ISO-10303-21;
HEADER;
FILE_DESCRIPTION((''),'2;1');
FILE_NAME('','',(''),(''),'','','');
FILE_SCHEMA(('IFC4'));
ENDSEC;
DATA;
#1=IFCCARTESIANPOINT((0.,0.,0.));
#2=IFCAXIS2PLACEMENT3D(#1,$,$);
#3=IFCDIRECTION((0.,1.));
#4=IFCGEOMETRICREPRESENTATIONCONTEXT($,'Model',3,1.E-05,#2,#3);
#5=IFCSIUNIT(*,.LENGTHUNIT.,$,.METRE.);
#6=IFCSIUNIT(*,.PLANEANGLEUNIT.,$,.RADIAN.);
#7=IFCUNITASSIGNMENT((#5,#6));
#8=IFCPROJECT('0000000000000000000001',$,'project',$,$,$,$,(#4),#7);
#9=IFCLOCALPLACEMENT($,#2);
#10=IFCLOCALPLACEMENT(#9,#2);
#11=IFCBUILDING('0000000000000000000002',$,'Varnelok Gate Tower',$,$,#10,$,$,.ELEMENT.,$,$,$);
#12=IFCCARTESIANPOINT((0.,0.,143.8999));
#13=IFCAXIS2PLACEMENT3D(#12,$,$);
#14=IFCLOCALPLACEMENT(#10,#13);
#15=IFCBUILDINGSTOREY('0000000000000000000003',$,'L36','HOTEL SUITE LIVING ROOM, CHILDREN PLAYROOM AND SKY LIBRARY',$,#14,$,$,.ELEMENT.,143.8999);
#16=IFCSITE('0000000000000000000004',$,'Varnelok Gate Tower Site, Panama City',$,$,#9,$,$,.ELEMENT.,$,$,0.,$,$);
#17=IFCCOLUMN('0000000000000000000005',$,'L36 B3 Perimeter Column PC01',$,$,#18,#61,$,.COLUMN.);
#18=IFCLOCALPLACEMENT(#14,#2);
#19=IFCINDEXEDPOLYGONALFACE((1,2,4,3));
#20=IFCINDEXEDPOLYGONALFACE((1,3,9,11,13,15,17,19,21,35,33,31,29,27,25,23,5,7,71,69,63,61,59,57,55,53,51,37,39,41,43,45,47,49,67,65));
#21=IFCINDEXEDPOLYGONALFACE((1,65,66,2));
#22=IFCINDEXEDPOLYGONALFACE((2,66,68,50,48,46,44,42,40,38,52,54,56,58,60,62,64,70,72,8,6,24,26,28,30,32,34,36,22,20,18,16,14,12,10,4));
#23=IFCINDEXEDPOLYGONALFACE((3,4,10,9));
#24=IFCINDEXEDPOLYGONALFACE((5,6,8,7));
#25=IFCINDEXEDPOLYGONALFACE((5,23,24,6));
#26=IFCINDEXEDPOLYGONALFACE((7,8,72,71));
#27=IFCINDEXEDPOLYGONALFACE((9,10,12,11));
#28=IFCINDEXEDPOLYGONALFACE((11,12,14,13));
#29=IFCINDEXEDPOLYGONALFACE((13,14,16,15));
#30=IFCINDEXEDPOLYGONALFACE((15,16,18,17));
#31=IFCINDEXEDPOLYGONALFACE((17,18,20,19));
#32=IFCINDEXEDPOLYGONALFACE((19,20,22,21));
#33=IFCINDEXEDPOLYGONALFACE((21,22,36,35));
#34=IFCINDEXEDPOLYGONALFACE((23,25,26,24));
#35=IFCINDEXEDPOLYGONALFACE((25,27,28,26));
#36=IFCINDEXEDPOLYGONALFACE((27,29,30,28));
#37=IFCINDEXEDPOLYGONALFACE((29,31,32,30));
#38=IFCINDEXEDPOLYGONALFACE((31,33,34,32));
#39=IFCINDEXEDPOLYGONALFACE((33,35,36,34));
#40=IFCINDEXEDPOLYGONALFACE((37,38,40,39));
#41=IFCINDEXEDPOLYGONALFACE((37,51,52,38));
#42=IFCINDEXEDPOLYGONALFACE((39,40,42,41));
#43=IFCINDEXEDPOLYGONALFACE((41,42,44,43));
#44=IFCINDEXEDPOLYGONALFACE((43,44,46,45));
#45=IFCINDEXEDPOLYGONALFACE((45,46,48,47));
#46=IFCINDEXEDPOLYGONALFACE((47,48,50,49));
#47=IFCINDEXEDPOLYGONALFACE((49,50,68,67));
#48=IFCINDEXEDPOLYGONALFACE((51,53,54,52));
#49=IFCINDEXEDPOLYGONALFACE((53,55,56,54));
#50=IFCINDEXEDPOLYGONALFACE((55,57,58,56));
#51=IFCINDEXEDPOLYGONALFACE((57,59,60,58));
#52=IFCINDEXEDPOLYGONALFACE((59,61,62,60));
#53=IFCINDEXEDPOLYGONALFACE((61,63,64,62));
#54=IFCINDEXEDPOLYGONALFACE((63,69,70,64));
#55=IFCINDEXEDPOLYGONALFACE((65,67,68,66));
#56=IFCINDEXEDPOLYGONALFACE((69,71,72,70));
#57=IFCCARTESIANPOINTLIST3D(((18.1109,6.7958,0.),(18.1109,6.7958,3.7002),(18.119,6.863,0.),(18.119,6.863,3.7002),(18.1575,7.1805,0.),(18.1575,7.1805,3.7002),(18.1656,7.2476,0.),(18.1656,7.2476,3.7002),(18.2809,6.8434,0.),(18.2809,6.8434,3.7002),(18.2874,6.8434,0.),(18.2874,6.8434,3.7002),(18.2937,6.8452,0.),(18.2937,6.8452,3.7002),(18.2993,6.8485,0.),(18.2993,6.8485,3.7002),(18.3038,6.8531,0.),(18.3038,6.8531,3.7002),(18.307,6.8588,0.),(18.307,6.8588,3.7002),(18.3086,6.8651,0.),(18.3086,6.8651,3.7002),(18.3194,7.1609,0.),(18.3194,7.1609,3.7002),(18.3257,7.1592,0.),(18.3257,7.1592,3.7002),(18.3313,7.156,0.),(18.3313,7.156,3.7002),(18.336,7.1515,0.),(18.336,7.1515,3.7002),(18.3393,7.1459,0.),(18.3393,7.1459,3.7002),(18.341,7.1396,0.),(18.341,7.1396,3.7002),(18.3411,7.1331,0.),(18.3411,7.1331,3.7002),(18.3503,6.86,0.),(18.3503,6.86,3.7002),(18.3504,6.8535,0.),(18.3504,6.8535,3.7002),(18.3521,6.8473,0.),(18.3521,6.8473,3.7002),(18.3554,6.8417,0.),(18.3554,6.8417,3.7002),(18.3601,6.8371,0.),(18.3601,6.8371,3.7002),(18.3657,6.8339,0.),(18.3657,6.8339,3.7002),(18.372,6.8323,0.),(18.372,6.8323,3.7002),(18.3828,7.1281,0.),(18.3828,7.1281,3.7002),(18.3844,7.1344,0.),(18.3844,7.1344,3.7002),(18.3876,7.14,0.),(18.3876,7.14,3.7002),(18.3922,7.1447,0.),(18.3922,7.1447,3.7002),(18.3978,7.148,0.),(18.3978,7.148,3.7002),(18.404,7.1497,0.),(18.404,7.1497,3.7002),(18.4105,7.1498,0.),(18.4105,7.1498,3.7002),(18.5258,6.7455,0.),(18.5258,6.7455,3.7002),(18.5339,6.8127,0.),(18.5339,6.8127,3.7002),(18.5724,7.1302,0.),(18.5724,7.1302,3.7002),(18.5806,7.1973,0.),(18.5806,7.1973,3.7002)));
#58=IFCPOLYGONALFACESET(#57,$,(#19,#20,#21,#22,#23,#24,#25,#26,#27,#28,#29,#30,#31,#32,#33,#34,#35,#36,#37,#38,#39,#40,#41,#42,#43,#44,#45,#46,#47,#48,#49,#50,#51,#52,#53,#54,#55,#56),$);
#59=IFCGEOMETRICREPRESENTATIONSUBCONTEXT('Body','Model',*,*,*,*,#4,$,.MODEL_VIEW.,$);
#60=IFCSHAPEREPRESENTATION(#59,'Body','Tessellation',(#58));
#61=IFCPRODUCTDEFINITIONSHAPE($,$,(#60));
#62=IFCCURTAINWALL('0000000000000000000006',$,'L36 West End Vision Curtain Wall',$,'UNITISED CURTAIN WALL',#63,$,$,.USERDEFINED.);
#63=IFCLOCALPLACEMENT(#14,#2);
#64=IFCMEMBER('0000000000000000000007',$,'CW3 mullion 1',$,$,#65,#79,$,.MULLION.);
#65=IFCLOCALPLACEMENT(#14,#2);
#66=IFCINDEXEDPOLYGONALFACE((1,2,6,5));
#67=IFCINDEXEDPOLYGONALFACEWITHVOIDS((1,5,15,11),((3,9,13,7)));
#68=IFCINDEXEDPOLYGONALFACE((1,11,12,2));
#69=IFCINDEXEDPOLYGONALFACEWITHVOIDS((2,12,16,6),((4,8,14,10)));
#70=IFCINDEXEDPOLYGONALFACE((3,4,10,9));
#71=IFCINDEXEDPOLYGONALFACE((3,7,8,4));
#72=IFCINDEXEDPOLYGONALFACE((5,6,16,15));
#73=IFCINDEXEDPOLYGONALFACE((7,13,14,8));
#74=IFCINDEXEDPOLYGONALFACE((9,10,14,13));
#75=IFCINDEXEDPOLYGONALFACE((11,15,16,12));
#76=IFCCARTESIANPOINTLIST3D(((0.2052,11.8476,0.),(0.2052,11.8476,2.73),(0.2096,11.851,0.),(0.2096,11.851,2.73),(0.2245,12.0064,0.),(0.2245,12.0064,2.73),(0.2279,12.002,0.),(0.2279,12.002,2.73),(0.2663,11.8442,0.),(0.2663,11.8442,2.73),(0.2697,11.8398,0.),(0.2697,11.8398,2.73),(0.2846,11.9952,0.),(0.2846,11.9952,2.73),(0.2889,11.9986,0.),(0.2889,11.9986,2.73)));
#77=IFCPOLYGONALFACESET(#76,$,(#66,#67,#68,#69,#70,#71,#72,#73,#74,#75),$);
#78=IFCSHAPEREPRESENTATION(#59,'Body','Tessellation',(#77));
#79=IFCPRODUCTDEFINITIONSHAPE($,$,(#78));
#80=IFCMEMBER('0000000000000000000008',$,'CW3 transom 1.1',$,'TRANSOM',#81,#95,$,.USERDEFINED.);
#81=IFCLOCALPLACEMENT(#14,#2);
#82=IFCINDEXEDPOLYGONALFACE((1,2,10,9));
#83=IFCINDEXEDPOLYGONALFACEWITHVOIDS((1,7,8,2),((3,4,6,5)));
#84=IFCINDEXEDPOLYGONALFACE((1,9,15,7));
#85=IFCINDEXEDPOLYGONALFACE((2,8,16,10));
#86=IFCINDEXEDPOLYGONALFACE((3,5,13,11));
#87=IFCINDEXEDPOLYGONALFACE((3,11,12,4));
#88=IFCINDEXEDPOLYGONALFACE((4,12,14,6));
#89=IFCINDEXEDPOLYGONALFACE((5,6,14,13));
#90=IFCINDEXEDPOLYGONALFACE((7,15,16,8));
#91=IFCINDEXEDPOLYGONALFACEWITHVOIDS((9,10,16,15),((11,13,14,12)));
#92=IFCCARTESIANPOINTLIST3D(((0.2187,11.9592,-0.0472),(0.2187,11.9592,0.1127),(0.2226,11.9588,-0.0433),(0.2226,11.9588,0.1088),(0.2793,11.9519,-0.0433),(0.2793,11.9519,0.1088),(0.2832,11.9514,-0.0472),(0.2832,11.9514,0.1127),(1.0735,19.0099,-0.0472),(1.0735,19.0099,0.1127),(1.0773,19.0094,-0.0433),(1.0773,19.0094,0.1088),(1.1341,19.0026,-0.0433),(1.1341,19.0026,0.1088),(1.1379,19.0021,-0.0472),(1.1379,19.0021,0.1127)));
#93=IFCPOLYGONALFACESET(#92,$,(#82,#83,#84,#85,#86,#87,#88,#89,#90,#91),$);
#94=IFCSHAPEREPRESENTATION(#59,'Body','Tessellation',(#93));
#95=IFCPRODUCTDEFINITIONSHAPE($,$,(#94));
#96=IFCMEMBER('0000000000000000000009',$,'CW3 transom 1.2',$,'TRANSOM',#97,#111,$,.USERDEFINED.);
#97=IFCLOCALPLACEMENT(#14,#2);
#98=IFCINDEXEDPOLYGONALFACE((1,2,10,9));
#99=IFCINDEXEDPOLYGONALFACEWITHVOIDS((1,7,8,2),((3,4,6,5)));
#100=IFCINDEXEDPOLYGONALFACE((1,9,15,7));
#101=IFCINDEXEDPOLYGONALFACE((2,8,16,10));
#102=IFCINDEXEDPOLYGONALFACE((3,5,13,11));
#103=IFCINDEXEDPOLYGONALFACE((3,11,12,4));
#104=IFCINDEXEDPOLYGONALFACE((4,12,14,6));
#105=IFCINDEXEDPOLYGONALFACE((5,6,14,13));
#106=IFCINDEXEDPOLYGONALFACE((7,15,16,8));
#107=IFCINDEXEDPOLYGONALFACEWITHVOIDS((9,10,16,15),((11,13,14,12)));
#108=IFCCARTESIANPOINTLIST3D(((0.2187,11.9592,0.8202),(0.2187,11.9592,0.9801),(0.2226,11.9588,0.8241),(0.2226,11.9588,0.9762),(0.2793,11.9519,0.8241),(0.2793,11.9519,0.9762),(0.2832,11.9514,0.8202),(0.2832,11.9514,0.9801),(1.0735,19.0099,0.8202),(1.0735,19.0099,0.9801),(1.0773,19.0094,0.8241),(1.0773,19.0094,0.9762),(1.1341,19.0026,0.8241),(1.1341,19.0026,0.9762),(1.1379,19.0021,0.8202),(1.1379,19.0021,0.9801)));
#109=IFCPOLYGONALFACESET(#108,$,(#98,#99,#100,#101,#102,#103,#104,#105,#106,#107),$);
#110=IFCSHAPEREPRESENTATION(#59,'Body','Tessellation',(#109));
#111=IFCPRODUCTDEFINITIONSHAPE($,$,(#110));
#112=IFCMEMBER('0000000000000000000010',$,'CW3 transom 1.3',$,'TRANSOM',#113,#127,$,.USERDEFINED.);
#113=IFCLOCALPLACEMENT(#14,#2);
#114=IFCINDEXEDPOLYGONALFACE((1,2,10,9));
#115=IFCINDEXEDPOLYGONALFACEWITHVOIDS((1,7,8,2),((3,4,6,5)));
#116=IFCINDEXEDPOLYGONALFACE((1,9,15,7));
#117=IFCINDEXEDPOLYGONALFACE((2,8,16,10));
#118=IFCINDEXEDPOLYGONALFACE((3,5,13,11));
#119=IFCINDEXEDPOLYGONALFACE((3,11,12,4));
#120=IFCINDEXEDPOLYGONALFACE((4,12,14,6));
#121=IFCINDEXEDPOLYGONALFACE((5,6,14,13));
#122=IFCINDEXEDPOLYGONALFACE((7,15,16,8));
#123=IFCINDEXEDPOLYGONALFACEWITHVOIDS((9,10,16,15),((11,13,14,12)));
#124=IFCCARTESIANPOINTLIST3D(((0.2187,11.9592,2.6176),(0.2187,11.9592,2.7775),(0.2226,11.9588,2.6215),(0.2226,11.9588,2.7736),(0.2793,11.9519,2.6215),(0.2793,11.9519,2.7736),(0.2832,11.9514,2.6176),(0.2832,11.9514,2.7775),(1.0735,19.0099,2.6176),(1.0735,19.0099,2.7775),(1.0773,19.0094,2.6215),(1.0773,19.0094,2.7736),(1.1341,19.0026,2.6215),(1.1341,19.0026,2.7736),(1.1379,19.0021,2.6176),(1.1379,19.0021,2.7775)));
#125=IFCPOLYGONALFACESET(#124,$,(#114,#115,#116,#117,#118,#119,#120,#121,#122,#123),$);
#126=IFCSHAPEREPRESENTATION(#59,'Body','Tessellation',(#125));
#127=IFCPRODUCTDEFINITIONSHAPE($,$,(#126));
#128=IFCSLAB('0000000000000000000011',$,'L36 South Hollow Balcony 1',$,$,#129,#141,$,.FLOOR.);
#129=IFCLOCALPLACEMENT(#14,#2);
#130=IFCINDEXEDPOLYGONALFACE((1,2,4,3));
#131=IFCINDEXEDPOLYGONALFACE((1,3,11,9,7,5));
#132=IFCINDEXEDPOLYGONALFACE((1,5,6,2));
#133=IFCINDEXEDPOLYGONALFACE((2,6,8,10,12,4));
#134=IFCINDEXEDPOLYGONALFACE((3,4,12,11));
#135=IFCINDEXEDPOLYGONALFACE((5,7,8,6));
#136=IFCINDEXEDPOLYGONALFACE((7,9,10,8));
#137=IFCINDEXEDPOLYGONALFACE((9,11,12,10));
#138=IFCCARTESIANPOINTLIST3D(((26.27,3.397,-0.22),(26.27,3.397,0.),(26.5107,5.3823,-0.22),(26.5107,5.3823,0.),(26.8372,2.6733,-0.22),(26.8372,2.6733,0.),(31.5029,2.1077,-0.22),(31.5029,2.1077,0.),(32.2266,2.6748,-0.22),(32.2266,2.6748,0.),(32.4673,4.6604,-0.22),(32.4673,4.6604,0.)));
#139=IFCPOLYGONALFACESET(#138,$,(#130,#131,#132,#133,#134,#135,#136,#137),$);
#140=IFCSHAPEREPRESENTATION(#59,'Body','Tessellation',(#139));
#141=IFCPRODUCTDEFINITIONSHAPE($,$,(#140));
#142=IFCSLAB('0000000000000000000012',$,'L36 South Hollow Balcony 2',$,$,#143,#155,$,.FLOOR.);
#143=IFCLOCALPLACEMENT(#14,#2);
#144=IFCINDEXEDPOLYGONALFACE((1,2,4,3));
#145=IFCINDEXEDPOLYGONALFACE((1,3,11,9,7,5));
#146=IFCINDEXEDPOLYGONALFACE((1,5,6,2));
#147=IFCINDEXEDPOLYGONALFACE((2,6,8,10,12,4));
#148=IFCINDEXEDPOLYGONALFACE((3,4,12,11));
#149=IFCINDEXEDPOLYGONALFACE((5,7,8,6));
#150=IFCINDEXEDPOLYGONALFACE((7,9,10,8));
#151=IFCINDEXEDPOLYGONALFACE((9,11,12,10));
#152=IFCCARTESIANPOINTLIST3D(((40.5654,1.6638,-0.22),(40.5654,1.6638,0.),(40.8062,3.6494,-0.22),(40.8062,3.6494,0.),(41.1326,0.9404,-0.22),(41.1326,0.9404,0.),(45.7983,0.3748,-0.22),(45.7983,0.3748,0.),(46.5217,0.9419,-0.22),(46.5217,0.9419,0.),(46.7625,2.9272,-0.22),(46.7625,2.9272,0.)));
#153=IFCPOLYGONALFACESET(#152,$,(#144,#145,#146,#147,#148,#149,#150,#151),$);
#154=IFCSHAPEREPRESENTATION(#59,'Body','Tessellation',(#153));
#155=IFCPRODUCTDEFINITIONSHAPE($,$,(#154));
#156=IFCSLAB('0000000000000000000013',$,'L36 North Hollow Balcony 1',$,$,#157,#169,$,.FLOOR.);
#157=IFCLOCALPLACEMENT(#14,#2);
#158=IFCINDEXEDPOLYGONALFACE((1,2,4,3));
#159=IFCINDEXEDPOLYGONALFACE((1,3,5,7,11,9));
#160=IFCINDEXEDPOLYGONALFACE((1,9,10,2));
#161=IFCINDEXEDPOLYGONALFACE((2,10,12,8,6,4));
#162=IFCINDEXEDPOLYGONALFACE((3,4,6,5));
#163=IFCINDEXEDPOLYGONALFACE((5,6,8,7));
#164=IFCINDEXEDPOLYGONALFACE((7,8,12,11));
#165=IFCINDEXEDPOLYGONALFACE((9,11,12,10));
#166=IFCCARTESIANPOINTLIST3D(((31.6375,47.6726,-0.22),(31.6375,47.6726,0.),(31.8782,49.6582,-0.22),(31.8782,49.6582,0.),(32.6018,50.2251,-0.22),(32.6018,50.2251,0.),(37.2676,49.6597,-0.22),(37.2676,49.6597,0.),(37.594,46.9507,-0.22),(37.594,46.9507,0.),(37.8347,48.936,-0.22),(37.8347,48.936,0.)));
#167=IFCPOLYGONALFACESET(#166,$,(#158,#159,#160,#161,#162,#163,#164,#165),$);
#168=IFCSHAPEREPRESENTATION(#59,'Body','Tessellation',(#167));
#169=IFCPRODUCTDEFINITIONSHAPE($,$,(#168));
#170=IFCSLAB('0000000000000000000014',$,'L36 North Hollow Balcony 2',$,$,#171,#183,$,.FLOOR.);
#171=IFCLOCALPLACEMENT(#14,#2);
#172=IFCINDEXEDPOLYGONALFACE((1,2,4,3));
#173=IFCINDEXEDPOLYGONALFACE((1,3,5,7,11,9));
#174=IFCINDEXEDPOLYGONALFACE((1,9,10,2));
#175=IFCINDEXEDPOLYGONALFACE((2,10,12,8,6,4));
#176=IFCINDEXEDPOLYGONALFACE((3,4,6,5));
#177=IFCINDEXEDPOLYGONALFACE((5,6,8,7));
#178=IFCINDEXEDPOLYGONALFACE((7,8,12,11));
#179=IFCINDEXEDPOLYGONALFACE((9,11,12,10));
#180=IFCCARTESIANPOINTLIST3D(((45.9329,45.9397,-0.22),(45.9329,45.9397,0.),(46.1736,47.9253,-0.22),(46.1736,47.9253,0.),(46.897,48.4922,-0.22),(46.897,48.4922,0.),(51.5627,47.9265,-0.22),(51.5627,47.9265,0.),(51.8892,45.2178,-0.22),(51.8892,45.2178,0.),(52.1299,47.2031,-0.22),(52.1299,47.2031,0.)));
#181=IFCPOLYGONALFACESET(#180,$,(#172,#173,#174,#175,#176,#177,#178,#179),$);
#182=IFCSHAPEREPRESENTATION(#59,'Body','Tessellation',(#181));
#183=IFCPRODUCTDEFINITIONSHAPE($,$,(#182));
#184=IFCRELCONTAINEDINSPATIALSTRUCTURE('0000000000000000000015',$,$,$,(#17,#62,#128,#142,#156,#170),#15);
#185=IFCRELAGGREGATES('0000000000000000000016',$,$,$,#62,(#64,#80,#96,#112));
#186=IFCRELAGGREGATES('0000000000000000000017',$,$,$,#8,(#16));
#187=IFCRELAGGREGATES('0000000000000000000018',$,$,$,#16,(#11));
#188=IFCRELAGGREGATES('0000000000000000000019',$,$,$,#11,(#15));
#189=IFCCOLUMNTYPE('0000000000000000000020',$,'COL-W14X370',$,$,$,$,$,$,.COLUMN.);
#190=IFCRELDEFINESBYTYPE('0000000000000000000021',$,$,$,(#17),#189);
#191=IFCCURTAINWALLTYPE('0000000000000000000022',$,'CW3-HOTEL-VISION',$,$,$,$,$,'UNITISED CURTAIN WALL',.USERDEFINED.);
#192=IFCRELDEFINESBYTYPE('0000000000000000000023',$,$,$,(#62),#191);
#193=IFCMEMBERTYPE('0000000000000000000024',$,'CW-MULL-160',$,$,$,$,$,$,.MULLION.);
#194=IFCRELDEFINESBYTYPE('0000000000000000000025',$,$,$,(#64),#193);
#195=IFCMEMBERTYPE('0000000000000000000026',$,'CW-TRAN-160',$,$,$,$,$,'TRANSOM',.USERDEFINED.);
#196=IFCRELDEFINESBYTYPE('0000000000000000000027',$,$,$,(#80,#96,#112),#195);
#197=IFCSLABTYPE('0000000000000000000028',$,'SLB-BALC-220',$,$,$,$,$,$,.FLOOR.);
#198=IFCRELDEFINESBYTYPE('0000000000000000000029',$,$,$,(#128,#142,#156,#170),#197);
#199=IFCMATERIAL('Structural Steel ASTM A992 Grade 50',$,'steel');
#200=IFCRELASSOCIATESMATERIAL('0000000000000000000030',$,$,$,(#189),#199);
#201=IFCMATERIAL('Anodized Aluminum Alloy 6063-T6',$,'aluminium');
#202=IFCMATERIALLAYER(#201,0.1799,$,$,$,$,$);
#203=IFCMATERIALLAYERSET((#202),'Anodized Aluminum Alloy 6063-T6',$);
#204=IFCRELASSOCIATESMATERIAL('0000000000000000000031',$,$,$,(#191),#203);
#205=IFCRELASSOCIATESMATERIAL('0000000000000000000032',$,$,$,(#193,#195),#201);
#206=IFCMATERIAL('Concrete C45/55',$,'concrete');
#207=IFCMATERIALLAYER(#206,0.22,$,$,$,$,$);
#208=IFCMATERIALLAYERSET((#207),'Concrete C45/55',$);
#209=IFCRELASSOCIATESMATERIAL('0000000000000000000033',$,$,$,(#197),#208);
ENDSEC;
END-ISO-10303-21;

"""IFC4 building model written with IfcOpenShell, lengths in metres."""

from ifc_helpers import new_model, si_unit, direction, frame, origin, origin_2d, place, context, subcontext, project, spatial, polyline, hollow_rectangle, i_section, outline, extrude, material, layer, layer_set, material_profile, profile_set, type_object, element, aggregate, save


model = new_model("IFC4")

# Units and contexts
model_context = context("Model", 3, precision=1e-05, world=origin(), true_north=direction((0.0, 1.0)))
body_context = subcontext(model_context, "Body", "Model", "MODEL_VIEW")
ifc_project = project(units=[si_unit("LENGTHUNIT", "METRE"), si_unit("PLANEANGLEUNIT", "RADIAN")], contexts=[model_context])

# Site, building, storey
site_placement = place(None, origin())
site = spatial("IfcSite", under=ifc_project, at=site_placement, Name="Varnelok Gate Tower Site, Panama City", CompositionType="ELEMENT", RefElevation=0.0)
building_placement = place(site_placement, origin())
building = spatial("IfcBuilding", under=site, at=building_placement, Name="Varnelok Gate Tower", CompositionType="ELEMENT")
storey_placement = place(building_placement, frame((0.0, 0.0, 143.8999)))
storey = spatial("IfcBuildingStorey", under=building, at=storey_placement, Name="L36", Description="HOTEL SUITE LIVING ROOM, CHILDREN PLAYROOM AND SKY LIBRARY", CompositionType="ELEMENT", Elevation=143.8999)

# Column
ifc_material_1 = material(Name="Structural Steel ASTM A992 Grade 50", Category="steel")
ifc_material_profile_1 = material_profile(ifc_material_1, i_section(OverallWidth=0.418, OverallDepth=0.4551, WebThickness=0.042, FlangeThickness=0.0676, FilletRadius=0.0249, at=origin_2d()), Name="W14X370")
ifc_profile_set_1 = profile_set([ifc_material_profile_1], Name="Structural Steel ASTM A992 Grade 50")
column_type = type_object("IfcColumnType", Name="COL-W14X370", PredefinedType="COLUMN", material=ifc_profile_set_1)
column_placement = place(storey_placement, frame((18.3457, 6.9966, 0.0), z_axis=(0.0, 0.0, 1.0), x_axis=(0.992732, -0.120345, 0.0)))
element("IfcColumn", 1, at=column_placement, inside=storey, type_object=column_type, Name="L36 B3 Perimeter Column PC01", PredefinedType="COLUMN", context=body_context, shape_type="SweptSolid", body=[
    extrude(i_section(OverallWidth=0.418, OverallDepth=0.4551, WebThickness=0.042, FlangeThickness=0.0676, FilletRadius=0.0249, at=origin_2d()), origin(), (0.0, 0.0, 1.0), 3.7002),
])

# Curtain wall, members
ifc_material_2 = material(Name="Anodized Aluminum Alloy 6063-T6", Category="aluminium")
ifc_layer_1 = layer(ifc_material_2, 0.1799)
ifc_layer_set_1 = layer_set([ifc_layer_1], Name="Anodized Aluminum Alloy 6063-T6")
curtain_wall_type = type_object("IfcCurtainWallType", Name="CW3-HOTEL-VISION", ElementType="UNITISED CURTAIN WALL", PredefinedType="USERDEFINED", material=ifc_layer_set_1)
curtain_wall_placement = place(storey_placement, origin())
curtain_wall = element("IfcCurtainWall", 2, at=curtain_wall_placement, inside=storey, type_object=curtain_wall_type, Name="L36 West End Vision Curtain Wall", ObjectType="UNITISED CURTAIN WALL", PredefinedType="USERDEFINED")
ifc_material_profile_2 = material_profile(ifc_material_2, hollow_rectangle(XDim=0.0649, YDim=0.1599, WallThickness=0.0039, at=origin_2d()), Name="ALU160X65X4")
ifc_profile_set_2 = profile_set([ifc_material_profile_2], Name="Anodized Aluminum Alloy 6063-T6")
member_type_1 = type_object("IfcMemberType", Name="CW-MULL-160", PredefinedType="MULLION", material=ifc_profile_set_2)
member_1_placement = place(storey_placement, frame((0.2471, 11.9231, 0.0), z_axis=(0.0, 0.0, 1.0), x_axis=(-0.992732, 0.120347, 0.0)))
member_1 = element("IfcMember", 3, at=member_1_placement, type_object=member_type_1, Name="CW3 mullion 1", PredefinedType="MULLION", context=body_context, shape_type="SweptSolid", body=[
    extrude(hollow_rectangle(XDim=0.0649, YDim=0.1599, WallThickness=0.0039, at=origin_2d()), origin(), (0.0, 0.0, 1.0), 2.73),
])
ifc_material_profile_3 = material_profile(ifc_material_2, hollow_rectangle(XDim=0.0649, YDim=0.1599, WallThickness=0.0039, at=origin_2d()), Name="ALU160X65X4")
ifc_profile_set_3 = profile_set([ifc_material_profile_3], Name="Anodized Aluminum Alloy 6063-T6")
member_type_2 = type_object("IfcMemberType", Name="CW-TRAN-160", ElementType="TRANSOM", PredefinedType="USERDEFINED", material=ifc_profile_set_3)
member_2_placement = place(storey_placement, frame((0.251, 11.9553, 0.0327), z_axis=(0.120345, 0.992732, 0.0), x_axis=(-0.992732, 0.120345, 0.0)))
member_2 = element("IfcMember", 4, at=member_2_placement, type_object=member_type_2, Name="CW3 transom 1.1", ObjectType="TRANSOM", PredefinedType="USERDEFINED", context=body_context, shape_type="SweptSolid", body=[
    extrude(hollow_rectangle(XDim=0.0649, YDim=0.1599, WallThickness=0.0039, at=origin_2d()), origin(), (0.0, 0.0, 1.0), 7.1023),
])
member_3_placement = place(storey_placement, frame((0.251, 11.9553, 0.9001), z_axis=(0.120345, 0.992732, 0.0), x_axis=(-0.992732, 0.120345, 0.0)))
member_3 = element("IfcMember", 5, at=member_3_placement, type_object=member_type_2, Name="CW3 transom 1.2", ObjectType="TRANSOM", PredefinedType="USERDEFINED", context=body_context, shape_type="SweptSolid", body=[
    extrude(hollow_rectangle(XDim=0.0649, YDim=0.1599, WallThickness=0.0039, at=origin_2d()), origin(), (0.0, 0.0, 1.0), 7.1023),
])
member_4_placement = place(storey_placement, frame((0.251, 11.9553, 2.6975), z_axis=(0.120345, 0.992732, 0.0), x_axis=(-0.992732, 0.120345, 0.0)))
member_4 = element("IfcMember", 6, at=member_4_placement, type_object=member_type_2, Name="CW3 transom 1.3", ObjectType="TRANSOM", PredefinedType="USERDEFINED", context=body_context, shape_type="SweptSolid", body=[
    extrude(hollow_rectangle(XDim=0.0649, YDim=0.1599, WallThickness=0.0039, at=origin_2d()), origin(), (0.0, 0.0, 1.0), 7.1023),
])
aggregate(curtain_wall, [member_1, member_2, member_3, member_4])

# Slabs
ifc_material_3 = material(Name="Concrete C45/55", Category="concrete")
ifc_layer_2 = layer(ifc_material_3, 0.22)
ifc_layer_set_2 = layer_set([ifc_layer_2], Name="Concrete C45/55")
slab_type_1 = type_object("IfcSlabType", Name="SLB-BALC-220", PredefinedType="FLOOR", material=ifc_layer_set_2)
slab_1_placement = place(storey_placement, frame((0.0, 0.0, -0.22)))
element("IfcSlab", 7, at=slab_1_placement, inside=storey, type_object=slab_type_1, Name="L36 South Hollow Balcony 1", PredefinedType="FLOOR", context=body_context, shape_type="SweptSolid", body=[
    extrude(outline(polyline([(26.27, 3.397), (26.8372, 2.6733), (31.5029, 2.1077), (32.2266, 2.6748), (32.4673, 4.6604), (26.5107, 5.3823), (26.27, 3.397)])), origin(), (0.0, 0.0, 1.0), 0.22),
])
slab_2_placement = place(storey_placement, frame((0.0, 0.0, -0.22)))
element("IfcSlab", 8, at=slab_2_placement, inside=storey, type_object=slab_type_1, Name="L36 South Hollow Balcony 2", PredefinedType="FLOOR", context=body_context, shape_type="SweptSolid", body=[
    extrude(outline(polyline([(40.5654, 1.6638), (41.1326, 0.9404), (45.7983, 0.3748), (46.5217, 0.9419), (46.7625, 2.9272), (40.8062, 3.6494), (40.5654, 1.6638)])), origin(), (0.0, 0.0, 1.0), 0.22),
])
slab_3_placement = place(storey_placement, frame((0.0, 0.0, -0.22)))
element("IfcSlab", 9, at=slab_3_placement, inside=storey, type_object=slab_type_1, Name="L36 North Hollow Balcony 1", PredefinedType="FLOOR", context=body_context, shape_type="SweptSolid", body=[
    extrude(outline(polyline([(31.6375, 47.6726), (37.594, 46.9507), (37.8347, 48.936), (37.2676, 49.6597), (32.6018, 50.2251), (31.8782, 49.6582), (31.6375, 47.6726)])), origin(), (0.0, 0.0, 1.0), 0.22),
])
slab_4_placement = place(storey_placement, frame((0.0, 0.0, -0.22)))
element("IfcSlab", 10, at=slab_4_placement, inside=storey, type_object=slab_type_1, Name="L36 North Hollow Balcony 2", PredefinedType="FLOOR", context=body_context, shape_type="SweptSolid", body=[
    extrude(outline(polyline([(45.9329, 45.9397), (51.8892, 45.2178), (52.1299, 47.2031), (51.5627, 47.9265), (46.897, 48.4922), (46.1736, 47.9253), (45.9329, 45.9397)])), origin(), (0.0, 0.0, 1.0), 0.22),
])

save(model, "model.ifc")
